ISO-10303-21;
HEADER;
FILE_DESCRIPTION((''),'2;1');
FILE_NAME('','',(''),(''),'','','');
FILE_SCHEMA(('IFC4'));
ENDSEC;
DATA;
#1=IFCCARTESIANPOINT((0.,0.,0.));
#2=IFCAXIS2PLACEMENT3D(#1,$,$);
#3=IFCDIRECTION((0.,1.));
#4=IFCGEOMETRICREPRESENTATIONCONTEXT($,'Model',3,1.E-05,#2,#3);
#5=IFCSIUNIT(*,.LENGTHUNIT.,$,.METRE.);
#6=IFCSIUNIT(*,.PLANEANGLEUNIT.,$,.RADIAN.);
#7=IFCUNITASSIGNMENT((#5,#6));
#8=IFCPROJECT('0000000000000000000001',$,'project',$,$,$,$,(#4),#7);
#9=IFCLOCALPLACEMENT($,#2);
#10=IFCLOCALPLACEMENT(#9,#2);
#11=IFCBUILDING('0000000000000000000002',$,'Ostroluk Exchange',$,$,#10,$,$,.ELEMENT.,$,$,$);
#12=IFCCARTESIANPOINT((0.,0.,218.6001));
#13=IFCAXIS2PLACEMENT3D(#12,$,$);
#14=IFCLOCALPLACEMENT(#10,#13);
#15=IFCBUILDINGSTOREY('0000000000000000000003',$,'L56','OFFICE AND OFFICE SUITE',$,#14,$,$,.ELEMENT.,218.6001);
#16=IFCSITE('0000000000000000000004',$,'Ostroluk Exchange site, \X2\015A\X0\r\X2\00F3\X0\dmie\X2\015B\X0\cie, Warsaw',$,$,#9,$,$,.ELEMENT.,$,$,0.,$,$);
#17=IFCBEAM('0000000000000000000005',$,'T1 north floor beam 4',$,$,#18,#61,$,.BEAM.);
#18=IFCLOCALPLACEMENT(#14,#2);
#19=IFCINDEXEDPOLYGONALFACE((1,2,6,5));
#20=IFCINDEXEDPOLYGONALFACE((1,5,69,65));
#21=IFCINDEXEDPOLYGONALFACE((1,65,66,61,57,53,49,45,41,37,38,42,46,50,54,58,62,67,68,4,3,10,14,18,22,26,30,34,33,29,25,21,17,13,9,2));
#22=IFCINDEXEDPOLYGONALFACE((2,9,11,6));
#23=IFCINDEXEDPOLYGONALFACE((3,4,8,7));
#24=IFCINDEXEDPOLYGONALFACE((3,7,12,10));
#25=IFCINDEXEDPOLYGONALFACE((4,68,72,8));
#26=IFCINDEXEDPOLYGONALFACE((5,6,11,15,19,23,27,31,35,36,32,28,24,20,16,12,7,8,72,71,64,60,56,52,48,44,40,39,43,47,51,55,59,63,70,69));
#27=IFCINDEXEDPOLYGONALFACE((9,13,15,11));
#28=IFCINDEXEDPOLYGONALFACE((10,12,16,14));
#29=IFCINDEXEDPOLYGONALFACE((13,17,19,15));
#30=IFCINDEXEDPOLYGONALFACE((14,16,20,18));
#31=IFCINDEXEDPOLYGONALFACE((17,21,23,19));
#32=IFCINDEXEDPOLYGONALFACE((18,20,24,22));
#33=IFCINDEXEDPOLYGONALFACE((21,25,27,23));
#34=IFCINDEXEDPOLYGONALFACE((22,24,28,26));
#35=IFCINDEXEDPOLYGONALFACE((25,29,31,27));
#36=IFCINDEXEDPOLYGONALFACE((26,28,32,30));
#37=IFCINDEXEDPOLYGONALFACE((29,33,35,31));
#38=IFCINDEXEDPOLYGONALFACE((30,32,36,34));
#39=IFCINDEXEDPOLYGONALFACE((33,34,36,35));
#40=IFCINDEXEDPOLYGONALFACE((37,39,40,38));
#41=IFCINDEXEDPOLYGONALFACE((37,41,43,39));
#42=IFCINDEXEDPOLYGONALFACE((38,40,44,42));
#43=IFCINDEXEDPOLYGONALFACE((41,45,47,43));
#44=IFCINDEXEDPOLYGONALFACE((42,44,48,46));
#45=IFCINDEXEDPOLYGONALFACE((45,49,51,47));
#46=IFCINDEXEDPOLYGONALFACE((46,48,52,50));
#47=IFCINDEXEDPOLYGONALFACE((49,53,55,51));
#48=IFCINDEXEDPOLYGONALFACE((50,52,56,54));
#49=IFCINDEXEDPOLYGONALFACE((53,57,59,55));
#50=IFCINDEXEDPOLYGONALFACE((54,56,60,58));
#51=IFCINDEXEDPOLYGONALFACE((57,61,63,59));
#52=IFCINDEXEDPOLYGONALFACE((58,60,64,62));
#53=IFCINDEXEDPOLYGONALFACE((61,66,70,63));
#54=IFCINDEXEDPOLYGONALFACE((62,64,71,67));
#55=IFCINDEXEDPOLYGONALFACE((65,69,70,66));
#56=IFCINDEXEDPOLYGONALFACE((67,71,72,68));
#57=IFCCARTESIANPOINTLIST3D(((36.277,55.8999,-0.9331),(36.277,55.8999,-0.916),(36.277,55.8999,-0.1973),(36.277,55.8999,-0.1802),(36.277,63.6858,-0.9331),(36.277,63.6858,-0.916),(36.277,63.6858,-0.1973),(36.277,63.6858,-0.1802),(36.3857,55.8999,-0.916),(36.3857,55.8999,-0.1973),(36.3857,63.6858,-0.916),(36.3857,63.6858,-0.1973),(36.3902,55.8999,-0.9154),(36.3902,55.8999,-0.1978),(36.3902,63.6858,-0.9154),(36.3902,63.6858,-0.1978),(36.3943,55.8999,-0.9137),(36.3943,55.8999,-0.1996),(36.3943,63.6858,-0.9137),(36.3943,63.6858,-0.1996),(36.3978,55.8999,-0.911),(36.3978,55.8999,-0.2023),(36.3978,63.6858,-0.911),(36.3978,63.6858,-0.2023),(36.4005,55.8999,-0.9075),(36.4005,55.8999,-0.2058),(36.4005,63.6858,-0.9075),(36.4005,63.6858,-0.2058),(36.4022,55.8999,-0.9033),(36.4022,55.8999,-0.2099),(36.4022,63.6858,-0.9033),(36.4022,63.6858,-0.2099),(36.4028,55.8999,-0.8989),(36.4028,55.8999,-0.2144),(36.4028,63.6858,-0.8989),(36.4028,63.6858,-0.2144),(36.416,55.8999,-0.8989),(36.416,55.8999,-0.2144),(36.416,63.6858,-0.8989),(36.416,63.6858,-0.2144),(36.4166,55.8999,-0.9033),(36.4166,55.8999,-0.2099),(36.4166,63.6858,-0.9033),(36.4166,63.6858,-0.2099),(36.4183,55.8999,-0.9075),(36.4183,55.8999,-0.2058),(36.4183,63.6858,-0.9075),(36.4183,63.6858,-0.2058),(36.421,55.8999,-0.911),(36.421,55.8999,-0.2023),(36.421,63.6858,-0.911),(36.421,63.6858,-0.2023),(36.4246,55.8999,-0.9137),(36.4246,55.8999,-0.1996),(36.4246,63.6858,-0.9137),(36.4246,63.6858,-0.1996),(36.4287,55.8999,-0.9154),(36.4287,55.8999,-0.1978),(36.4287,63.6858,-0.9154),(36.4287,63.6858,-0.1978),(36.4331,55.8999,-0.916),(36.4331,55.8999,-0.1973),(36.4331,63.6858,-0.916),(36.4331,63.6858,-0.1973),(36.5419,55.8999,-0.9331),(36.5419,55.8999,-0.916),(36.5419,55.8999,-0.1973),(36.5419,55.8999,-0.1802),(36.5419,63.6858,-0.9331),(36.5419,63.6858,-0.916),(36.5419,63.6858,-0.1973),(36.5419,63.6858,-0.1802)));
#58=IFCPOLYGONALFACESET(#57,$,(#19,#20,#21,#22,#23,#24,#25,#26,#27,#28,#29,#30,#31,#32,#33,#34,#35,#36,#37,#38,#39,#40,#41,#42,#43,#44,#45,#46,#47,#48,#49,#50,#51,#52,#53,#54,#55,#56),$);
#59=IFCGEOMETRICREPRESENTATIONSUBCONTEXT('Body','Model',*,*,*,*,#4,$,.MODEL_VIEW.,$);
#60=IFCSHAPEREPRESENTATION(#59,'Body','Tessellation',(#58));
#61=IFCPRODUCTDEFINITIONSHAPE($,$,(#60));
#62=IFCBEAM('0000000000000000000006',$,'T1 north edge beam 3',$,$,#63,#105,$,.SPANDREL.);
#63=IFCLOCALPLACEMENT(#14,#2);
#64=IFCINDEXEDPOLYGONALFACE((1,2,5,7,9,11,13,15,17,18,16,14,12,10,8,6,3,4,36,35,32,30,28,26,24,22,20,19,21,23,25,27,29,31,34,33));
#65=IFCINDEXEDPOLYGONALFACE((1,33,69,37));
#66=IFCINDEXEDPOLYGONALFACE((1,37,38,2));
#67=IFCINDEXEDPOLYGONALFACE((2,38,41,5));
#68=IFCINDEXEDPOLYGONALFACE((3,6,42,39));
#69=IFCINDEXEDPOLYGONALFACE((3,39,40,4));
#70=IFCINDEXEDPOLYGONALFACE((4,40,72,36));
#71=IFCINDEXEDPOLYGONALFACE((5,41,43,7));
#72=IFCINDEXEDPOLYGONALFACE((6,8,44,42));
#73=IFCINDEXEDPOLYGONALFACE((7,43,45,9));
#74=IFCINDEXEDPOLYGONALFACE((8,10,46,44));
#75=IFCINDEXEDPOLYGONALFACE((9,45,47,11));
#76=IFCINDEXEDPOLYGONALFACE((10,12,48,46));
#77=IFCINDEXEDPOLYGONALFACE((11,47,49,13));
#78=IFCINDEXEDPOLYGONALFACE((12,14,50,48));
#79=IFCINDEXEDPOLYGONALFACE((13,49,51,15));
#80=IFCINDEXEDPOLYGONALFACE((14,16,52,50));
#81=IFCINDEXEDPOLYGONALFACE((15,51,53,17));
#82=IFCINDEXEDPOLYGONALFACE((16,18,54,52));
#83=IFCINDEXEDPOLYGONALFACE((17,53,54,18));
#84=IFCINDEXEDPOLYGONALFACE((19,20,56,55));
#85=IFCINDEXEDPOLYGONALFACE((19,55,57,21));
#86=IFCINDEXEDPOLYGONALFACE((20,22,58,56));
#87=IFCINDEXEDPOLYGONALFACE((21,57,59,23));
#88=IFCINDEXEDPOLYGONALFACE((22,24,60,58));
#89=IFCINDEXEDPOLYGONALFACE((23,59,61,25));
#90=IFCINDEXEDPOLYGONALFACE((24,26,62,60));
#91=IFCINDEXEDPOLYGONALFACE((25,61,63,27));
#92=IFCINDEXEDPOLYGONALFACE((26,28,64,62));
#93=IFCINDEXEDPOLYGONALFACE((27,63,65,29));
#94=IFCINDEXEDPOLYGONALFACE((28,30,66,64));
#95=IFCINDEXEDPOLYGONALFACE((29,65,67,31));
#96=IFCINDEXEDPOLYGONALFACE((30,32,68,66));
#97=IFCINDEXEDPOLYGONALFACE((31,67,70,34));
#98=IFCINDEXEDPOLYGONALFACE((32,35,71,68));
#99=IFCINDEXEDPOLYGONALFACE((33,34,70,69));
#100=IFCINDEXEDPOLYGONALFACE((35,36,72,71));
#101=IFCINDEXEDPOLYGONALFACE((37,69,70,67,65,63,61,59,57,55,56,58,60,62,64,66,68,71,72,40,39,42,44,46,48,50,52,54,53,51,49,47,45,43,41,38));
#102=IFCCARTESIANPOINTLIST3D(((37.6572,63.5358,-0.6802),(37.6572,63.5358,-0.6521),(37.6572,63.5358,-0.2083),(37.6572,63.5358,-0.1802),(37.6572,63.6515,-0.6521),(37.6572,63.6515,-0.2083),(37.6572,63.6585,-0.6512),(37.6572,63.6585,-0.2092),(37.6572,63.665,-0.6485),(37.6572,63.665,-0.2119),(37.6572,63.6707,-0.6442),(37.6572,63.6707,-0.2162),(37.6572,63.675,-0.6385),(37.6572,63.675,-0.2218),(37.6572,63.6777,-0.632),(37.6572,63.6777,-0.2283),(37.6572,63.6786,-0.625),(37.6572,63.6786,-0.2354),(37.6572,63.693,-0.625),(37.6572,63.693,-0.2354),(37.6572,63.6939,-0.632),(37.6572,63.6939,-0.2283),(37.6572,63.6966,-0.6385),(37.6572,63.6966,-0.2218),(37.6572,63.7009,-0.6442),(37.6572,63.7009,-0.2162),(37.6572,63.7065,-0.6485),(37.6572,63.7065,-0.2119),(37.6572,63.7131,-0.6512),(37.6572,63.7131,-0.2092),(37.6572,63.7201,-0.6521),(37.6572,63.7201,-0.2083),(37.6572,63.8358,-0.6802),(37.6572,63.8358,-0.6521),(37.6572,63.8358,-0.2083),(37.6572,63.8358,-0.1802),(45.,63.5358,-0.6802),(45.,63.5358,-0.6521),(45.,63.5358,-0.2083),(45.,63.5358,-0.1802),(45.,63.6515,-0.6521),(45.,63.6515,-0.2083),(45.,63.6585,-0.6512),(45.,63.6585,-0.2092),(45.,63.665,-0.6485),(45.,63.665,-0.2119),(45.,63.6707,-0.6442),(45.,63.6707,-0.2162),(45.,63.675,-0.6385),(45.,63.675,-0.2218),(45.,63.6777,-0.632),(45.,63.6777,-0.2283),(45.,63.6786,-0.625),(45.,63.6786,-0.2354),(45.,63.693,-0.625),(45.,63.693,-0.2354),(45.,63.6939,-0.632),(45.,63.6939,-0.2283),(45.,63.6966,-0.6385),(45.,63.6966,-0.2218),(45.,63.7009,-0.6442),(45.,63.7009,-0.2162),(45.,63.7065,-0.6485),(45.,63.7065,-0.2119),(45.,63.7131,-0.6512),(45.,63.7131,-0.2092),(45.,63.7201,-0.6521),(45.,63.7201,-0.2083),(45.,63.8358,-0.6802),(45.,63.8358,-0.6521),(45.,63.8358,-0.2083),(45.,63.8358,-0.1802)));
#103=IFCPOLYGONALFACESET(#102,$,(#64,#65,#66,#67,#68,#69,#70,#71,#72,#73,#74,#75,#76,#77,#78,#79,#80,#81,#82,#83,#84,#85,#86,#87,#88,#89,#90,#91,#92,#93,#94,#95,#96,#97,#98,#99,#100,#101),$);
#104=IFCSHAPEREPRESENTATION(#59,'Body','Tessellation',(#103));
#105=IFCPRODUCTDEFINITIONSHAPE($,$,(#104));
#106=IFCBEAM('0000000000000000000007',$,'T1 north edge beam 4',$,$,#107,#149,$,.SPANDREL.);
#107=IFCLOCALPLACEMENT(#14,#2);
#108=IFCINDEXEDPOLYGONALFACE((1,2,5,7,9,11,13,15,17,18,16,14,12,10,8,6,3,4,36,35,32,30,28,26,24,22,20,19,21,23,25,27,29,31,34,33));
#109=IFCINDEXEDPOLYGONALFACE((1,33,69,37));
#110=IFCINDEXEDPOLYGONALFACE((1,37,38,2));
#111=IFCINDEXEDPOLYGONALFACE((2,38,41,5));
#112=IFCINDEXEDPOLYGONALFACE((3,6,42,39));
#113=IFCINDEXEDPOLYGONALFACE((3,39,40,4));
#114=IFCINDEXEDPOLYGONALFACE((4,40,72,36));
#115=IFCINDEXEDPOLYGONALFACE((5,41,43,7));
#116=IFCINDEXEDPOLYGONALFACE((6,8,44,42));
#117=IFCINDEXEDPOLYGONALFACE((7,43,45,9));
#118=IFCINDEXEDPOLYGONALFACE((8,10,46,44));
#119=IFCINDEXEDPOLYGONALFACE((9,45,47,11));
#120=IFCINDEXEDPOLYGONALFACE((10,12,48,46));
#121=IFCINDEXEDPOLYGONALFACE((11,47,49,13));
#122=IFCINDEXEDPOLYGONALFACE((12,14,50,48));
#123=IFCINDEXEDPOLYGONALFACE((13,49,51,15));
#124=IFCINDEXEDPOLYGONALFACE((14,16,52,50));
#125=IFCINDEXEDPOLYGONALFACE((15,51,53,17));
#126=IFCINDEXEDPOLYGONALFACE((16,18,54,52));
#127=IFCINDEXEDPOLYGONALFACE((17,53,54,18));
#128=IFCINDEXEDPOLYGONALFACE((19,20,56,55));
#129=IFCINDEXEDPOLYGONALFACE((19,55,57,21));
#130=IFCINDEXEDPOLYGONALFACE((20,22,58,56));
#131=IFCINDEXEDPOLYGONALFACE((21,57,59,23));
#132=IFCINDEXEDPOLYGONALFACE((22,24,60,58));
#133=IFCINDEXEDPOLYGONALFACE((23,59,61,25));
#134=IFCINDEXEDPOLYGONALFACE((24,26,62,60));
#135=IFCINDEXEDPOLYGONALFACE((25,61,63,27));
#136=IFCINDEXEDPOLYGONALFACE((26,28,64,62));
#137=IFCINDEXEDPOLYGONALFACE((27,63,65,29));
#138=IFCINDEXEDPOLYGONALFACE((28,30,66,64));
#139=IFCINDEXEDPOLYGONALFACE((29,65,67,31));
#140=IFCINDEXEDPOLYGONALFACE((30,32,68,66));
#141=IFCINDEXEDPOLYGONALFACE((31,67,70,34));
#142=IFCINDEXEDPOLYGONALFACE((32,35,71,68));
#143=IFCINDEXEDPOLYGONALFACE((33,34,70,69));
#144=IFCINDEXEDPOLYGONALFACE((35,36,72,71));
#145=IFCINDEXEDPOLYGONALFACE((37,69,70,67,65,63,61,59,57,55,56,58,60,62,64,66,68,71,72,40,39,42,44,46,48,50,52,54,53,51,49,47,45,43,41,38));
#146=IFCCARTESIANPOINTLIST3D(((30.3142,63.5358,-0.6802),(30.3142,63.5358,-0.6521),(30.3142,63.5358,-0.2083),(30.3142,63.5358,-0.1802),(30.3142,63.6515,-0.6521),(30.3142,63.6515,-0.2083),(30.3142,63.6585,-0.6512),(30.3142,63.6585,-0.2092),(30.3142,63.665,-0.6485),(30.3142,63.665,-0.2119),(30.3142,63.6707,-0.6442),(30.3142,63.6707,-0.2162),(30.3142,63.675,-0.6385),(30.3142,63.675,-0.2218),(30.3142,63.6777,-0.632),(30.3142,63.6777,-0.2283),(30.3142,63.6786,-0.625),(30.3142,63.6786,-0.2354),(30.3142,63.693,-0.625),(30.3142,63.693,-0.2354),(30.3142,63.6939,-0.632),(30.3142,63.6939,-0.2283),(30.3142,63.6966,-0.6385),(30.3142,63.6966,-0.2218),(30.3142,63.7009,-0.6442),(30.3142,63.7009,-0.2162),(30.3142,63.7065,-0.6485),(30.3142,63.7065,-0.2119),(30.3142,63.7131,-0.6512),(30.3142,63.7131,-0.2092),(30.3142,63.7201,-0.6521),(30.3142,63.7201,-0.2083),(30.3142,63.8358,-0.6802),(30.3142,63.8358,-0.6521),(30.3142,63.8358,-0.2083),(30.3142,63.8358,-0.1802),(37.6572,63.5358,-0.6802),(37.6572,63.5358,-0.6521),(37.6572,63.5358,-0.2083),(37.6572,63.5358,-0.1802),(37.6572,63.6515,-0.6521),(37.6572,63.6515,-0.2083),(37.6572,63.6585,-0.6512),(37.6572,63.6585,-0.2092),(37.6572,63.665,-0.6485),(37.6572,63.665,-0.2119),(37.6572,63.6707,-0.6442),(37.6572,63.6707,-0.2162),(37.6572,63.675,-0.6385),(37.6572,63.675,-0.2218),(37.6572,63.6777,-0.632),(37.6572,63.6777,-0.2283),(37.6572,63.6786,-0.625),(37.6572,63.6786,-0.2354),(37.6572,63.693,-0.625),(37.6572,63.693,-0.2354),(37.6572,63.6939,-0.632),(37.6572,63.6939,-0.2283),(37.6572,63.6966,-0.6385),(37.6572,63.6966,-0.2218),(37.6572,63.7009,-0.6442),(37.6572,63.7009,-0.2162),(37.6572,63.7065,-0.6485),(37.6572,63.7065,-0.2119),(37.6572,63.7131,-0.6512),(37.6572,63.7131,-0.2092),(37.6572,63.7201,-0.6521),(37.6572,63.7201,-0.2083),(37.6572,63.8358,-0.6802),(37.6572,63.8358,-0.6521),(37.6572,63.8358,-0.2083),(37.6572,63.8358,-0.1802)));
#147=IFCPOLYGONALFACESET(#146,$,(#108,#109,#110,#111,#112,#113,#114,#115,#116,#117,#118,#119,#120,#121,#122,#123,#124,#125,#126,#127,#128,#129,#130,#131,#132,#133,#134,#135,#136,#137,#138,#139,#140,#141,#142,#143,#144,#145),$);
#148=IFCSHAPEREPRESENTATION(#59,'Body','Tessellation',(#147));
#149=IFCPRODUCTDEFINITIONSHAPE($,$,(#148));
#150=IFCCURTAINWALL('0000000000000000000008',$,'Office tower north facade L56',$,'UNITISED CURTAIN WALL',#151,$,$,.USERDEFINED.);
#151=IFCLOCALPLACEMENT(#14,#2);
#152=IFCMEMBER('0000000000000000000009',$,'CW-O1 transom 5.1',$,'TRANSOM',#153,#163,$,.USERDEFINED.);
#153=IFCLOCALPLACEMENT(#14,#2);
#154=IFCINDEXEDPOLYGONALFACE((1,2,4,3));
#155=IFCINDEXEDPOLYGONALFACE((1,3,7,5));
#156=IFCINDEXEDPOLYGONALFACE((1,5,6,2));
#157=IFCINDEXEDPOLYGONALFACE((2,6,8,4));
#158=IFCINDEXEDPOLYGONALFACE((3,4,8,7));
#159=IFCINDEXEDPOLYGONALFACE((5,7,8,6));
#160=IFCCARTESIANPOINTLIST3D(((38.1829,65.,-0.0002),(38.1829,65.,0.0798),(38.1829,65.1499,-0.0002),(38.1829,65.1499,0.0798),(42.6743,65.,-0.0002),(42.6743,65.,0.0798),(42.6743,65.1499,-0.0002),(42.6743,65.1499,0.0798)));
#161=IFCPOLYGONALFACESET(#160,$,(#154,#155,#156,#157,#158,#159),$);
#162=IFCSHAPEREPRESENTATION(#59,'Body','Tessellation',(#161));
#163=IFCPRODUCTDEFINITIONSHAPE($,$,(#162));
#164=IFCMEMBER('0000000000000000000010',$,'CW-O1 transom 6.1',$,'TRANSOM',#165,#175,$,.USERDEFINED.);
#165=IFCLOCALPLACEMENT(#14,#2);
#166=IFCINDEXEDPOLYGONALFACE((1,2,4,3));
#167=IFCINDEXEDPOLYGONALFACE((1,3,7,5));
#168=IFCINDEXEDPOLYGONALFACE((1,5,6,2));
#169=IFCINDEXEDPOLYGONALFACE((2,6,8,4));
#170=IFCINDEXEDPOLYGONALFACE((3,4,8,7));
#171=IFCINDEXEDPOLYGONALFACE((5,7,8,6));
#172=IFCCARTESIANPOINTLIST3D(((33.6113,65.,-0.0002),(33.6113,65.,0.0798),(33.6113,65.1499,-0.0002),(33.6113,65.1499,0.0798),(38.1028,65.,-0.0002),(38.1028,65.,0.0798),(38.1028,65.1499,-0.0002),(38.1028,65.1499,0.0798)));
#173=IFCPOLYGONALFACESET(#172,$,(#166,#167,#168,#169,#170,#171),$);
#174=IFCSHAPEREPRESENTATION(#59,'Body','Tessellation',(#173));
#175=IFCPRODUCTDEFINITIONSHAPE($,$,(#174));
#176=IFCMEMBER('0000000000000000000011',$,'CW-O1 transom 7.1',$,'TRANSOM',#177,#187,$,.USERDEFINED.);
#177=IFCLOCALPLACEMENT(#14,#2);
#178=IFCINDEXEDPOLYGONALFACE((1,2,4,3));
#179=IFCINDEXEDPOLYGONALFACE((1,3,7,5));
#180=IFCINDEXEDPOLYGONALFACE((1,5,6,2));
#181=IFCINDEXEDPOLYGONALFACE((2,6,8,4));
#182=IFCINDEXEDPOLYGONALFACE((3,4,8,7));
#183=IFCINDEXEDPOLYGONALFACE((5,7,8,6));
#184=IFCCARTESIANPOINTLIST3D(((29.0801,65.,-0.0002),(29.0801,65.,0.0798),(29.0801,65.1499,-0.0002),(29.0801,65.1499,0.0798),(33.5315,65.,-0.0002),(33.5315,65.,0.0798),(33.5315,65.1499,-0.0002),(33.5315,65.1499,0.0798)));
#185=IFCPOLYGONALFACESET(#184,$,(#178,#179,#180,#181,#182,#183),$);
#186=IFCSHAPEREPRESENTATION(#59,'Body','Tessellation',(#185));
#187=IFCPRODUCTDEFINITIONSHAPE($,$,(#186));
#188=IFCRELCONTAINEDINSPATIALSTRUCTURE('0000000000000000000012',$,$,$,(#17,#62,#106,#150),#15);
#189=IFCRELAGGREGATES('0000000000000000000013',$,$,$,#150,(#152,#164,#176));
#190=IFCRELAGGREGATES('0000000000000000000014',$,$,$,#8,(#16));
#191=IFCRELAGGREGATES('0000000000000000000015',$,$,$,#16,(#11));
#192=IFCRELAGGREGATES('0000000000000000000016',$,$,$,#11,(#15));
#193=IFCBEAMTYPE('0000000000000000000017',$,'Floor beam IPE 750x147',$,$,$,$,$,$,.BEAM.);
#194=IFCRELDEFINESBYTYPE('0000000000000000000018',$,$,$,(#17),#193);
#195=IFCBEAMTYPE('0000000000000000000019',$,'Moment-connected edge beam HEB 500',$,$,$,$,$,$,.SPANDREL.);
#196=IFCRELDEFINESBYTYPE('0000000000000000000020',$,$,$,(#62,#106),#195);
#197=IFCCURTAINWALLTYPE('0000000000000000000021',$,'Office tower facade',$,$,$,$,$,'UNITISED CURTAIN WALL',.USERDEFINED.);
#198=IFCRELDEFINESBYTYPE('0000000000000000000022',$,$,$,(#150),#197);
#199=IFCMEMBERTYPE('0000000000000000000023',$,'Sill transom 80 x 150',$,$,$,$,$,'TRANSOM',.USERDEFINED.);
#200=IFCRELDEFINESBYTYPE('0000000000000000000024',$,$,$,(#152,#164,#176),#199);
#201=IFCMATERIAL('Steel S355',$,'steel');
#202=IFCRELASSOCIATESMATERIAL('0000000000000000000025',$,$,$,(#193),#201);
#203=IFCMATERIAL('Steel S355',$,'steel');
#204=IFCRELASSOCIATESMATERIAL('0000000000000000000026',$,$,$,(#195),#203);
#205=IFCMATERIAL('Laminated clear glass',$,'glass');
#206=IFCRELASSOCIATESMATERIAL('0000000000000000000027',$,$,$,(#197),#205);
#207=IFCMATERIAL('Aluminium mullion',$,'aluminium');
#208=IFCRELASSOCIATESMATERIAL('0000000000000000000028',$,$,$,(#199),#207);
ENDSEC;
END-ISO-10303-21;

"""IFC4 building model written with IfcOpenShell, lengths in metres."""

from ifc_helpers import new_model, si_unit, direction, frame, origin, origin_2d, place, context, subcontext, project, spatial, rectangle, i_section, extrude, material, material_profile, profile_set, type_object, element, aggregate, save


model = new_model("IFC4")

# Units and contexts
model_context = context("Model", 3, precision=1e-05, world=origin(), true_north=direction((0.0, 1.0)))
body_context = subcontext(model_context, "Body", "Model", "MODEL_VIEW")
ifc_project = project(units=[si_unit("LENGTHUNIT", "METRE"), si_unit("PLANEANGLEUNIT", "RADIAN")], contexts=[model_context])

# Site, building, storey
site_placement = place(None, origin())
site = spatial("IfcSite", under=ifc_project, at=site_placement, Name="Ostroluk Exchange site, Śródmieście, Warsaw", CompositionType="ELEMENT", RefElevation=0.0)
building_placement = place(site_placement, origin())
building = spatial("IfcBuilding", under=site, at=building_placement, Name="Ostroluk Exchange", CompositionType="ELEMENT")
storey_placement = place(building_placement, frame((0.0, 0.0, 218.6001)))
storey = spatial("IfcBuildingStorey", under=building, at=storey_placement, Name="L56", Description="OFFICE AND OFFICE SUITE", CompositionType="ELEMENT", Elevation=218.6001)

# Beams
ifc_material_1 = material(Name="Steel S355", Category="steel")
ifc_material_profile_1 = material_profile(ifc_material_1, i_section(OverallWidth=0.2649, OverallDepth=0.7529, WebThickness=0.0132, FlangeThickness=0.0171, FilletRadius=0.0171, at=origin_2d()), Name="IPE 750x147")
ifc_profile_set_1 = profile_set([ifc_material_profile_1], Name="Steel S355")
beam_type_1 = type_object("IfcBeamType", Name="Floor beam IPE 750x147", PredefinedType="BEAM", material=ifc_profile_set_1)
for number, where, z_axis, x_axis, name in (
    (1, (36.4094, 55.8999, -0.5566), (0.0, 1.0, 0.0), (-1.0, 0.0, 0.0), "T1 north floor beam 4"),
):
    element("IfcBeam", number, at=place(storey_placement, frame(where, z_axis=z_axis, x_axis=x_axis)), inside=storey, type_object=beam_type_1, Name=name, PredefinedType="BEAM", context=body_context, shape_type="SweptSolid", body=[
        extrude(i_section(OverallWidth=0.2649, OverallDepth=0.7529, WebThickness=0.0132, FlangeThickness=0.0171, FilletRadius=0.0171, at=origin_2d()), origin(), (0.0, 0.0, 1.0), 7.7859),
    ])
ifc_material_2 = material(Name="Steel S355", Category="steel")
ifc_material_profile_2 = material_profile(ifc_material_2, i_section(OverallWidth=0.3, OverallDepth=0.5, WebThickness=0.0144, FlangeThickness=0.0281, FilletRadius=0.0271, at=origin_2d()), Name="HEB 500")
ifc_profile_set_2 = profile_set([ifc_material_profile_2], Name="Steel S355")
beam_type_2 = type_object("IfcBeamType", Name="Moment-connected edge beam HEB 500", PredefinedType="SPANDREL", material=ifc_profile_set_2)
beam_1_placement = place(storey_placement, frame((45.0, 63.6858, -0.4302), z_axis=(-1.0, 0.0, 0.0), x_axis=(0.0, -1.0, 0.0)))
element("IfcBeam", 2, at=beam_1_placement, inside=storey, type_object=beam_type_2, Name="T1 north edge beam 3", PredefinedType="SPANDREL", context=body_context, shape_type="SweptSolid", body=[
    extrude(i_section(OverallWidth=0.3, OverallDepth=0.5, WebThickness=0.0144, FlangeThickness=0.0281, FilletRadius=0.0271, at=origin_2d()), origin(), (0.0, 0.0, 1.0), 7.3428),
])
beam_2_placement = place(storey_placement, frame((37.6572, 63.6858, -0.4302), z_axis=(-1.0, 0.0, 0.0), x_axis=(0.0, -1.0, 0.0)))
element("IfcBeam", 3, at=beam_2_placement, inside=storey, type_object=beam_type_2, Name="T1 north edge beam 4", PredefinedType="SPANDREL", context=body_context, shape_type="SweptSolid", body=[
    extrude(i_section(OverallWidth=0.3, OverallDepth=0.5, WebThickness=0.0144, FlangeThickness=0.0281, FilletRadius=0.0271, at=origin_2d()), origin(), (0.0, 0.0, 1.0), 7.343),
])

# Curtain wall, members
ifc_material_3 = material(Name="Laminated clear glass", Category="glass")
curtain_wall_type = type_object("IfcCurtainWallType", Name="Office tower facade", ElementType="UNITISED CURTAIN WALL", PredefinedType="USERDEFINED", material=ifc_material_3)
curtain_wall_placement = place(storey_placement, origin())
curtain_wall = element("IfcCurtainWall", 4, at=curtain_wall_placement, inside=storey, type_object=curtain_wall_type, Name="Office tower north facade L56", ObjectType="UNITISED CURTAIN WALL", PredefinedType="USERDEFINED")
ifc_material_4 = material(Name="Aluminium mullion", Category="aluminium")
ifc_material_profile_3 = material_profile(ifc_material_4, rectangle(XDim=0.1499, YDim=0.0801, at=origin_2d()), Name="Sill transom 80 x 150")
ifc_profile_set_3 = profile_set([ifc_material_profile_3], Name="Aluminium mullion")
member_type_1 = type_object("IfcMemberType", Name="Sill transom 80 x 150", ElementType="TRANSOM", PredefinedType="USERDEFINED", material=ifc_profile_set_3)
member_1_placement = place(storey_placement, frame((42.6743, 65.075, 0.0398), z_axis=(-1.0, 0.0, 0.0), x_axis=(0.0, -1.0, 0.0)))
member_1 = element("IfcMember", 5, at=member_1_placement, type_object=member_type_1, Name="CW-O1 transom 5.1", ObjectType="TRANSOM", PredefinedType="USERDEFINED", context=body_context, shape_type="SweptSolid", body=[
    extrude(rectangle(XDim=0.1499, YDim=0.0801, at=origin_2d()), origin(), (0.0, 0.0, 1.0), 4.4915),
])
member_2_placement = place(storey_placement, frame((38.1028, 65.075, 0.0398), z_axis=(-1.0, 0.0, 0.0), x_axis=(0.0, -1.0, 0.0)))
member_2 = element("IfcMember", 6, at=member_2_placement, type_object=member_type_1, Name="CW-O1 transom 6.1", ObjectType="TRANSOM", PredefinedType="USERDEFINED", context=body_context, shape_type="SweptSolid", body=[
    extrude(rectangle(XDim=0.1499, YDim=0.0801, at=origin_2d()), origin(), (0.0, 0.0, 1.0), 4.4915),
])
member_3_placement = place(storey_placement, frame((33.5315, 65.075, 0.0398), z_axis=(-1.0, 0.0, 0.0), x_axis=(0.0, -1.0, 0.0)))
member_3 = element("IfcMember", 7, at=member_3_placement, type_object=member_type_1, Name="CW-O1 transom 7.1", ObjectType="TRANSOM", PredefinedType="USERDEFINED", context=body_context, shape_type="SweptSolid", body=[
    extrude(rectangle(XDim=0.1499, YDim=0.0801, at=origin_2d()), origin(), (0.0, 0.0, 1.0), 4.4514),
])
aggregate(curtain_wall, [member_1, member_2, member_3])

save(model, "model.ifc")
